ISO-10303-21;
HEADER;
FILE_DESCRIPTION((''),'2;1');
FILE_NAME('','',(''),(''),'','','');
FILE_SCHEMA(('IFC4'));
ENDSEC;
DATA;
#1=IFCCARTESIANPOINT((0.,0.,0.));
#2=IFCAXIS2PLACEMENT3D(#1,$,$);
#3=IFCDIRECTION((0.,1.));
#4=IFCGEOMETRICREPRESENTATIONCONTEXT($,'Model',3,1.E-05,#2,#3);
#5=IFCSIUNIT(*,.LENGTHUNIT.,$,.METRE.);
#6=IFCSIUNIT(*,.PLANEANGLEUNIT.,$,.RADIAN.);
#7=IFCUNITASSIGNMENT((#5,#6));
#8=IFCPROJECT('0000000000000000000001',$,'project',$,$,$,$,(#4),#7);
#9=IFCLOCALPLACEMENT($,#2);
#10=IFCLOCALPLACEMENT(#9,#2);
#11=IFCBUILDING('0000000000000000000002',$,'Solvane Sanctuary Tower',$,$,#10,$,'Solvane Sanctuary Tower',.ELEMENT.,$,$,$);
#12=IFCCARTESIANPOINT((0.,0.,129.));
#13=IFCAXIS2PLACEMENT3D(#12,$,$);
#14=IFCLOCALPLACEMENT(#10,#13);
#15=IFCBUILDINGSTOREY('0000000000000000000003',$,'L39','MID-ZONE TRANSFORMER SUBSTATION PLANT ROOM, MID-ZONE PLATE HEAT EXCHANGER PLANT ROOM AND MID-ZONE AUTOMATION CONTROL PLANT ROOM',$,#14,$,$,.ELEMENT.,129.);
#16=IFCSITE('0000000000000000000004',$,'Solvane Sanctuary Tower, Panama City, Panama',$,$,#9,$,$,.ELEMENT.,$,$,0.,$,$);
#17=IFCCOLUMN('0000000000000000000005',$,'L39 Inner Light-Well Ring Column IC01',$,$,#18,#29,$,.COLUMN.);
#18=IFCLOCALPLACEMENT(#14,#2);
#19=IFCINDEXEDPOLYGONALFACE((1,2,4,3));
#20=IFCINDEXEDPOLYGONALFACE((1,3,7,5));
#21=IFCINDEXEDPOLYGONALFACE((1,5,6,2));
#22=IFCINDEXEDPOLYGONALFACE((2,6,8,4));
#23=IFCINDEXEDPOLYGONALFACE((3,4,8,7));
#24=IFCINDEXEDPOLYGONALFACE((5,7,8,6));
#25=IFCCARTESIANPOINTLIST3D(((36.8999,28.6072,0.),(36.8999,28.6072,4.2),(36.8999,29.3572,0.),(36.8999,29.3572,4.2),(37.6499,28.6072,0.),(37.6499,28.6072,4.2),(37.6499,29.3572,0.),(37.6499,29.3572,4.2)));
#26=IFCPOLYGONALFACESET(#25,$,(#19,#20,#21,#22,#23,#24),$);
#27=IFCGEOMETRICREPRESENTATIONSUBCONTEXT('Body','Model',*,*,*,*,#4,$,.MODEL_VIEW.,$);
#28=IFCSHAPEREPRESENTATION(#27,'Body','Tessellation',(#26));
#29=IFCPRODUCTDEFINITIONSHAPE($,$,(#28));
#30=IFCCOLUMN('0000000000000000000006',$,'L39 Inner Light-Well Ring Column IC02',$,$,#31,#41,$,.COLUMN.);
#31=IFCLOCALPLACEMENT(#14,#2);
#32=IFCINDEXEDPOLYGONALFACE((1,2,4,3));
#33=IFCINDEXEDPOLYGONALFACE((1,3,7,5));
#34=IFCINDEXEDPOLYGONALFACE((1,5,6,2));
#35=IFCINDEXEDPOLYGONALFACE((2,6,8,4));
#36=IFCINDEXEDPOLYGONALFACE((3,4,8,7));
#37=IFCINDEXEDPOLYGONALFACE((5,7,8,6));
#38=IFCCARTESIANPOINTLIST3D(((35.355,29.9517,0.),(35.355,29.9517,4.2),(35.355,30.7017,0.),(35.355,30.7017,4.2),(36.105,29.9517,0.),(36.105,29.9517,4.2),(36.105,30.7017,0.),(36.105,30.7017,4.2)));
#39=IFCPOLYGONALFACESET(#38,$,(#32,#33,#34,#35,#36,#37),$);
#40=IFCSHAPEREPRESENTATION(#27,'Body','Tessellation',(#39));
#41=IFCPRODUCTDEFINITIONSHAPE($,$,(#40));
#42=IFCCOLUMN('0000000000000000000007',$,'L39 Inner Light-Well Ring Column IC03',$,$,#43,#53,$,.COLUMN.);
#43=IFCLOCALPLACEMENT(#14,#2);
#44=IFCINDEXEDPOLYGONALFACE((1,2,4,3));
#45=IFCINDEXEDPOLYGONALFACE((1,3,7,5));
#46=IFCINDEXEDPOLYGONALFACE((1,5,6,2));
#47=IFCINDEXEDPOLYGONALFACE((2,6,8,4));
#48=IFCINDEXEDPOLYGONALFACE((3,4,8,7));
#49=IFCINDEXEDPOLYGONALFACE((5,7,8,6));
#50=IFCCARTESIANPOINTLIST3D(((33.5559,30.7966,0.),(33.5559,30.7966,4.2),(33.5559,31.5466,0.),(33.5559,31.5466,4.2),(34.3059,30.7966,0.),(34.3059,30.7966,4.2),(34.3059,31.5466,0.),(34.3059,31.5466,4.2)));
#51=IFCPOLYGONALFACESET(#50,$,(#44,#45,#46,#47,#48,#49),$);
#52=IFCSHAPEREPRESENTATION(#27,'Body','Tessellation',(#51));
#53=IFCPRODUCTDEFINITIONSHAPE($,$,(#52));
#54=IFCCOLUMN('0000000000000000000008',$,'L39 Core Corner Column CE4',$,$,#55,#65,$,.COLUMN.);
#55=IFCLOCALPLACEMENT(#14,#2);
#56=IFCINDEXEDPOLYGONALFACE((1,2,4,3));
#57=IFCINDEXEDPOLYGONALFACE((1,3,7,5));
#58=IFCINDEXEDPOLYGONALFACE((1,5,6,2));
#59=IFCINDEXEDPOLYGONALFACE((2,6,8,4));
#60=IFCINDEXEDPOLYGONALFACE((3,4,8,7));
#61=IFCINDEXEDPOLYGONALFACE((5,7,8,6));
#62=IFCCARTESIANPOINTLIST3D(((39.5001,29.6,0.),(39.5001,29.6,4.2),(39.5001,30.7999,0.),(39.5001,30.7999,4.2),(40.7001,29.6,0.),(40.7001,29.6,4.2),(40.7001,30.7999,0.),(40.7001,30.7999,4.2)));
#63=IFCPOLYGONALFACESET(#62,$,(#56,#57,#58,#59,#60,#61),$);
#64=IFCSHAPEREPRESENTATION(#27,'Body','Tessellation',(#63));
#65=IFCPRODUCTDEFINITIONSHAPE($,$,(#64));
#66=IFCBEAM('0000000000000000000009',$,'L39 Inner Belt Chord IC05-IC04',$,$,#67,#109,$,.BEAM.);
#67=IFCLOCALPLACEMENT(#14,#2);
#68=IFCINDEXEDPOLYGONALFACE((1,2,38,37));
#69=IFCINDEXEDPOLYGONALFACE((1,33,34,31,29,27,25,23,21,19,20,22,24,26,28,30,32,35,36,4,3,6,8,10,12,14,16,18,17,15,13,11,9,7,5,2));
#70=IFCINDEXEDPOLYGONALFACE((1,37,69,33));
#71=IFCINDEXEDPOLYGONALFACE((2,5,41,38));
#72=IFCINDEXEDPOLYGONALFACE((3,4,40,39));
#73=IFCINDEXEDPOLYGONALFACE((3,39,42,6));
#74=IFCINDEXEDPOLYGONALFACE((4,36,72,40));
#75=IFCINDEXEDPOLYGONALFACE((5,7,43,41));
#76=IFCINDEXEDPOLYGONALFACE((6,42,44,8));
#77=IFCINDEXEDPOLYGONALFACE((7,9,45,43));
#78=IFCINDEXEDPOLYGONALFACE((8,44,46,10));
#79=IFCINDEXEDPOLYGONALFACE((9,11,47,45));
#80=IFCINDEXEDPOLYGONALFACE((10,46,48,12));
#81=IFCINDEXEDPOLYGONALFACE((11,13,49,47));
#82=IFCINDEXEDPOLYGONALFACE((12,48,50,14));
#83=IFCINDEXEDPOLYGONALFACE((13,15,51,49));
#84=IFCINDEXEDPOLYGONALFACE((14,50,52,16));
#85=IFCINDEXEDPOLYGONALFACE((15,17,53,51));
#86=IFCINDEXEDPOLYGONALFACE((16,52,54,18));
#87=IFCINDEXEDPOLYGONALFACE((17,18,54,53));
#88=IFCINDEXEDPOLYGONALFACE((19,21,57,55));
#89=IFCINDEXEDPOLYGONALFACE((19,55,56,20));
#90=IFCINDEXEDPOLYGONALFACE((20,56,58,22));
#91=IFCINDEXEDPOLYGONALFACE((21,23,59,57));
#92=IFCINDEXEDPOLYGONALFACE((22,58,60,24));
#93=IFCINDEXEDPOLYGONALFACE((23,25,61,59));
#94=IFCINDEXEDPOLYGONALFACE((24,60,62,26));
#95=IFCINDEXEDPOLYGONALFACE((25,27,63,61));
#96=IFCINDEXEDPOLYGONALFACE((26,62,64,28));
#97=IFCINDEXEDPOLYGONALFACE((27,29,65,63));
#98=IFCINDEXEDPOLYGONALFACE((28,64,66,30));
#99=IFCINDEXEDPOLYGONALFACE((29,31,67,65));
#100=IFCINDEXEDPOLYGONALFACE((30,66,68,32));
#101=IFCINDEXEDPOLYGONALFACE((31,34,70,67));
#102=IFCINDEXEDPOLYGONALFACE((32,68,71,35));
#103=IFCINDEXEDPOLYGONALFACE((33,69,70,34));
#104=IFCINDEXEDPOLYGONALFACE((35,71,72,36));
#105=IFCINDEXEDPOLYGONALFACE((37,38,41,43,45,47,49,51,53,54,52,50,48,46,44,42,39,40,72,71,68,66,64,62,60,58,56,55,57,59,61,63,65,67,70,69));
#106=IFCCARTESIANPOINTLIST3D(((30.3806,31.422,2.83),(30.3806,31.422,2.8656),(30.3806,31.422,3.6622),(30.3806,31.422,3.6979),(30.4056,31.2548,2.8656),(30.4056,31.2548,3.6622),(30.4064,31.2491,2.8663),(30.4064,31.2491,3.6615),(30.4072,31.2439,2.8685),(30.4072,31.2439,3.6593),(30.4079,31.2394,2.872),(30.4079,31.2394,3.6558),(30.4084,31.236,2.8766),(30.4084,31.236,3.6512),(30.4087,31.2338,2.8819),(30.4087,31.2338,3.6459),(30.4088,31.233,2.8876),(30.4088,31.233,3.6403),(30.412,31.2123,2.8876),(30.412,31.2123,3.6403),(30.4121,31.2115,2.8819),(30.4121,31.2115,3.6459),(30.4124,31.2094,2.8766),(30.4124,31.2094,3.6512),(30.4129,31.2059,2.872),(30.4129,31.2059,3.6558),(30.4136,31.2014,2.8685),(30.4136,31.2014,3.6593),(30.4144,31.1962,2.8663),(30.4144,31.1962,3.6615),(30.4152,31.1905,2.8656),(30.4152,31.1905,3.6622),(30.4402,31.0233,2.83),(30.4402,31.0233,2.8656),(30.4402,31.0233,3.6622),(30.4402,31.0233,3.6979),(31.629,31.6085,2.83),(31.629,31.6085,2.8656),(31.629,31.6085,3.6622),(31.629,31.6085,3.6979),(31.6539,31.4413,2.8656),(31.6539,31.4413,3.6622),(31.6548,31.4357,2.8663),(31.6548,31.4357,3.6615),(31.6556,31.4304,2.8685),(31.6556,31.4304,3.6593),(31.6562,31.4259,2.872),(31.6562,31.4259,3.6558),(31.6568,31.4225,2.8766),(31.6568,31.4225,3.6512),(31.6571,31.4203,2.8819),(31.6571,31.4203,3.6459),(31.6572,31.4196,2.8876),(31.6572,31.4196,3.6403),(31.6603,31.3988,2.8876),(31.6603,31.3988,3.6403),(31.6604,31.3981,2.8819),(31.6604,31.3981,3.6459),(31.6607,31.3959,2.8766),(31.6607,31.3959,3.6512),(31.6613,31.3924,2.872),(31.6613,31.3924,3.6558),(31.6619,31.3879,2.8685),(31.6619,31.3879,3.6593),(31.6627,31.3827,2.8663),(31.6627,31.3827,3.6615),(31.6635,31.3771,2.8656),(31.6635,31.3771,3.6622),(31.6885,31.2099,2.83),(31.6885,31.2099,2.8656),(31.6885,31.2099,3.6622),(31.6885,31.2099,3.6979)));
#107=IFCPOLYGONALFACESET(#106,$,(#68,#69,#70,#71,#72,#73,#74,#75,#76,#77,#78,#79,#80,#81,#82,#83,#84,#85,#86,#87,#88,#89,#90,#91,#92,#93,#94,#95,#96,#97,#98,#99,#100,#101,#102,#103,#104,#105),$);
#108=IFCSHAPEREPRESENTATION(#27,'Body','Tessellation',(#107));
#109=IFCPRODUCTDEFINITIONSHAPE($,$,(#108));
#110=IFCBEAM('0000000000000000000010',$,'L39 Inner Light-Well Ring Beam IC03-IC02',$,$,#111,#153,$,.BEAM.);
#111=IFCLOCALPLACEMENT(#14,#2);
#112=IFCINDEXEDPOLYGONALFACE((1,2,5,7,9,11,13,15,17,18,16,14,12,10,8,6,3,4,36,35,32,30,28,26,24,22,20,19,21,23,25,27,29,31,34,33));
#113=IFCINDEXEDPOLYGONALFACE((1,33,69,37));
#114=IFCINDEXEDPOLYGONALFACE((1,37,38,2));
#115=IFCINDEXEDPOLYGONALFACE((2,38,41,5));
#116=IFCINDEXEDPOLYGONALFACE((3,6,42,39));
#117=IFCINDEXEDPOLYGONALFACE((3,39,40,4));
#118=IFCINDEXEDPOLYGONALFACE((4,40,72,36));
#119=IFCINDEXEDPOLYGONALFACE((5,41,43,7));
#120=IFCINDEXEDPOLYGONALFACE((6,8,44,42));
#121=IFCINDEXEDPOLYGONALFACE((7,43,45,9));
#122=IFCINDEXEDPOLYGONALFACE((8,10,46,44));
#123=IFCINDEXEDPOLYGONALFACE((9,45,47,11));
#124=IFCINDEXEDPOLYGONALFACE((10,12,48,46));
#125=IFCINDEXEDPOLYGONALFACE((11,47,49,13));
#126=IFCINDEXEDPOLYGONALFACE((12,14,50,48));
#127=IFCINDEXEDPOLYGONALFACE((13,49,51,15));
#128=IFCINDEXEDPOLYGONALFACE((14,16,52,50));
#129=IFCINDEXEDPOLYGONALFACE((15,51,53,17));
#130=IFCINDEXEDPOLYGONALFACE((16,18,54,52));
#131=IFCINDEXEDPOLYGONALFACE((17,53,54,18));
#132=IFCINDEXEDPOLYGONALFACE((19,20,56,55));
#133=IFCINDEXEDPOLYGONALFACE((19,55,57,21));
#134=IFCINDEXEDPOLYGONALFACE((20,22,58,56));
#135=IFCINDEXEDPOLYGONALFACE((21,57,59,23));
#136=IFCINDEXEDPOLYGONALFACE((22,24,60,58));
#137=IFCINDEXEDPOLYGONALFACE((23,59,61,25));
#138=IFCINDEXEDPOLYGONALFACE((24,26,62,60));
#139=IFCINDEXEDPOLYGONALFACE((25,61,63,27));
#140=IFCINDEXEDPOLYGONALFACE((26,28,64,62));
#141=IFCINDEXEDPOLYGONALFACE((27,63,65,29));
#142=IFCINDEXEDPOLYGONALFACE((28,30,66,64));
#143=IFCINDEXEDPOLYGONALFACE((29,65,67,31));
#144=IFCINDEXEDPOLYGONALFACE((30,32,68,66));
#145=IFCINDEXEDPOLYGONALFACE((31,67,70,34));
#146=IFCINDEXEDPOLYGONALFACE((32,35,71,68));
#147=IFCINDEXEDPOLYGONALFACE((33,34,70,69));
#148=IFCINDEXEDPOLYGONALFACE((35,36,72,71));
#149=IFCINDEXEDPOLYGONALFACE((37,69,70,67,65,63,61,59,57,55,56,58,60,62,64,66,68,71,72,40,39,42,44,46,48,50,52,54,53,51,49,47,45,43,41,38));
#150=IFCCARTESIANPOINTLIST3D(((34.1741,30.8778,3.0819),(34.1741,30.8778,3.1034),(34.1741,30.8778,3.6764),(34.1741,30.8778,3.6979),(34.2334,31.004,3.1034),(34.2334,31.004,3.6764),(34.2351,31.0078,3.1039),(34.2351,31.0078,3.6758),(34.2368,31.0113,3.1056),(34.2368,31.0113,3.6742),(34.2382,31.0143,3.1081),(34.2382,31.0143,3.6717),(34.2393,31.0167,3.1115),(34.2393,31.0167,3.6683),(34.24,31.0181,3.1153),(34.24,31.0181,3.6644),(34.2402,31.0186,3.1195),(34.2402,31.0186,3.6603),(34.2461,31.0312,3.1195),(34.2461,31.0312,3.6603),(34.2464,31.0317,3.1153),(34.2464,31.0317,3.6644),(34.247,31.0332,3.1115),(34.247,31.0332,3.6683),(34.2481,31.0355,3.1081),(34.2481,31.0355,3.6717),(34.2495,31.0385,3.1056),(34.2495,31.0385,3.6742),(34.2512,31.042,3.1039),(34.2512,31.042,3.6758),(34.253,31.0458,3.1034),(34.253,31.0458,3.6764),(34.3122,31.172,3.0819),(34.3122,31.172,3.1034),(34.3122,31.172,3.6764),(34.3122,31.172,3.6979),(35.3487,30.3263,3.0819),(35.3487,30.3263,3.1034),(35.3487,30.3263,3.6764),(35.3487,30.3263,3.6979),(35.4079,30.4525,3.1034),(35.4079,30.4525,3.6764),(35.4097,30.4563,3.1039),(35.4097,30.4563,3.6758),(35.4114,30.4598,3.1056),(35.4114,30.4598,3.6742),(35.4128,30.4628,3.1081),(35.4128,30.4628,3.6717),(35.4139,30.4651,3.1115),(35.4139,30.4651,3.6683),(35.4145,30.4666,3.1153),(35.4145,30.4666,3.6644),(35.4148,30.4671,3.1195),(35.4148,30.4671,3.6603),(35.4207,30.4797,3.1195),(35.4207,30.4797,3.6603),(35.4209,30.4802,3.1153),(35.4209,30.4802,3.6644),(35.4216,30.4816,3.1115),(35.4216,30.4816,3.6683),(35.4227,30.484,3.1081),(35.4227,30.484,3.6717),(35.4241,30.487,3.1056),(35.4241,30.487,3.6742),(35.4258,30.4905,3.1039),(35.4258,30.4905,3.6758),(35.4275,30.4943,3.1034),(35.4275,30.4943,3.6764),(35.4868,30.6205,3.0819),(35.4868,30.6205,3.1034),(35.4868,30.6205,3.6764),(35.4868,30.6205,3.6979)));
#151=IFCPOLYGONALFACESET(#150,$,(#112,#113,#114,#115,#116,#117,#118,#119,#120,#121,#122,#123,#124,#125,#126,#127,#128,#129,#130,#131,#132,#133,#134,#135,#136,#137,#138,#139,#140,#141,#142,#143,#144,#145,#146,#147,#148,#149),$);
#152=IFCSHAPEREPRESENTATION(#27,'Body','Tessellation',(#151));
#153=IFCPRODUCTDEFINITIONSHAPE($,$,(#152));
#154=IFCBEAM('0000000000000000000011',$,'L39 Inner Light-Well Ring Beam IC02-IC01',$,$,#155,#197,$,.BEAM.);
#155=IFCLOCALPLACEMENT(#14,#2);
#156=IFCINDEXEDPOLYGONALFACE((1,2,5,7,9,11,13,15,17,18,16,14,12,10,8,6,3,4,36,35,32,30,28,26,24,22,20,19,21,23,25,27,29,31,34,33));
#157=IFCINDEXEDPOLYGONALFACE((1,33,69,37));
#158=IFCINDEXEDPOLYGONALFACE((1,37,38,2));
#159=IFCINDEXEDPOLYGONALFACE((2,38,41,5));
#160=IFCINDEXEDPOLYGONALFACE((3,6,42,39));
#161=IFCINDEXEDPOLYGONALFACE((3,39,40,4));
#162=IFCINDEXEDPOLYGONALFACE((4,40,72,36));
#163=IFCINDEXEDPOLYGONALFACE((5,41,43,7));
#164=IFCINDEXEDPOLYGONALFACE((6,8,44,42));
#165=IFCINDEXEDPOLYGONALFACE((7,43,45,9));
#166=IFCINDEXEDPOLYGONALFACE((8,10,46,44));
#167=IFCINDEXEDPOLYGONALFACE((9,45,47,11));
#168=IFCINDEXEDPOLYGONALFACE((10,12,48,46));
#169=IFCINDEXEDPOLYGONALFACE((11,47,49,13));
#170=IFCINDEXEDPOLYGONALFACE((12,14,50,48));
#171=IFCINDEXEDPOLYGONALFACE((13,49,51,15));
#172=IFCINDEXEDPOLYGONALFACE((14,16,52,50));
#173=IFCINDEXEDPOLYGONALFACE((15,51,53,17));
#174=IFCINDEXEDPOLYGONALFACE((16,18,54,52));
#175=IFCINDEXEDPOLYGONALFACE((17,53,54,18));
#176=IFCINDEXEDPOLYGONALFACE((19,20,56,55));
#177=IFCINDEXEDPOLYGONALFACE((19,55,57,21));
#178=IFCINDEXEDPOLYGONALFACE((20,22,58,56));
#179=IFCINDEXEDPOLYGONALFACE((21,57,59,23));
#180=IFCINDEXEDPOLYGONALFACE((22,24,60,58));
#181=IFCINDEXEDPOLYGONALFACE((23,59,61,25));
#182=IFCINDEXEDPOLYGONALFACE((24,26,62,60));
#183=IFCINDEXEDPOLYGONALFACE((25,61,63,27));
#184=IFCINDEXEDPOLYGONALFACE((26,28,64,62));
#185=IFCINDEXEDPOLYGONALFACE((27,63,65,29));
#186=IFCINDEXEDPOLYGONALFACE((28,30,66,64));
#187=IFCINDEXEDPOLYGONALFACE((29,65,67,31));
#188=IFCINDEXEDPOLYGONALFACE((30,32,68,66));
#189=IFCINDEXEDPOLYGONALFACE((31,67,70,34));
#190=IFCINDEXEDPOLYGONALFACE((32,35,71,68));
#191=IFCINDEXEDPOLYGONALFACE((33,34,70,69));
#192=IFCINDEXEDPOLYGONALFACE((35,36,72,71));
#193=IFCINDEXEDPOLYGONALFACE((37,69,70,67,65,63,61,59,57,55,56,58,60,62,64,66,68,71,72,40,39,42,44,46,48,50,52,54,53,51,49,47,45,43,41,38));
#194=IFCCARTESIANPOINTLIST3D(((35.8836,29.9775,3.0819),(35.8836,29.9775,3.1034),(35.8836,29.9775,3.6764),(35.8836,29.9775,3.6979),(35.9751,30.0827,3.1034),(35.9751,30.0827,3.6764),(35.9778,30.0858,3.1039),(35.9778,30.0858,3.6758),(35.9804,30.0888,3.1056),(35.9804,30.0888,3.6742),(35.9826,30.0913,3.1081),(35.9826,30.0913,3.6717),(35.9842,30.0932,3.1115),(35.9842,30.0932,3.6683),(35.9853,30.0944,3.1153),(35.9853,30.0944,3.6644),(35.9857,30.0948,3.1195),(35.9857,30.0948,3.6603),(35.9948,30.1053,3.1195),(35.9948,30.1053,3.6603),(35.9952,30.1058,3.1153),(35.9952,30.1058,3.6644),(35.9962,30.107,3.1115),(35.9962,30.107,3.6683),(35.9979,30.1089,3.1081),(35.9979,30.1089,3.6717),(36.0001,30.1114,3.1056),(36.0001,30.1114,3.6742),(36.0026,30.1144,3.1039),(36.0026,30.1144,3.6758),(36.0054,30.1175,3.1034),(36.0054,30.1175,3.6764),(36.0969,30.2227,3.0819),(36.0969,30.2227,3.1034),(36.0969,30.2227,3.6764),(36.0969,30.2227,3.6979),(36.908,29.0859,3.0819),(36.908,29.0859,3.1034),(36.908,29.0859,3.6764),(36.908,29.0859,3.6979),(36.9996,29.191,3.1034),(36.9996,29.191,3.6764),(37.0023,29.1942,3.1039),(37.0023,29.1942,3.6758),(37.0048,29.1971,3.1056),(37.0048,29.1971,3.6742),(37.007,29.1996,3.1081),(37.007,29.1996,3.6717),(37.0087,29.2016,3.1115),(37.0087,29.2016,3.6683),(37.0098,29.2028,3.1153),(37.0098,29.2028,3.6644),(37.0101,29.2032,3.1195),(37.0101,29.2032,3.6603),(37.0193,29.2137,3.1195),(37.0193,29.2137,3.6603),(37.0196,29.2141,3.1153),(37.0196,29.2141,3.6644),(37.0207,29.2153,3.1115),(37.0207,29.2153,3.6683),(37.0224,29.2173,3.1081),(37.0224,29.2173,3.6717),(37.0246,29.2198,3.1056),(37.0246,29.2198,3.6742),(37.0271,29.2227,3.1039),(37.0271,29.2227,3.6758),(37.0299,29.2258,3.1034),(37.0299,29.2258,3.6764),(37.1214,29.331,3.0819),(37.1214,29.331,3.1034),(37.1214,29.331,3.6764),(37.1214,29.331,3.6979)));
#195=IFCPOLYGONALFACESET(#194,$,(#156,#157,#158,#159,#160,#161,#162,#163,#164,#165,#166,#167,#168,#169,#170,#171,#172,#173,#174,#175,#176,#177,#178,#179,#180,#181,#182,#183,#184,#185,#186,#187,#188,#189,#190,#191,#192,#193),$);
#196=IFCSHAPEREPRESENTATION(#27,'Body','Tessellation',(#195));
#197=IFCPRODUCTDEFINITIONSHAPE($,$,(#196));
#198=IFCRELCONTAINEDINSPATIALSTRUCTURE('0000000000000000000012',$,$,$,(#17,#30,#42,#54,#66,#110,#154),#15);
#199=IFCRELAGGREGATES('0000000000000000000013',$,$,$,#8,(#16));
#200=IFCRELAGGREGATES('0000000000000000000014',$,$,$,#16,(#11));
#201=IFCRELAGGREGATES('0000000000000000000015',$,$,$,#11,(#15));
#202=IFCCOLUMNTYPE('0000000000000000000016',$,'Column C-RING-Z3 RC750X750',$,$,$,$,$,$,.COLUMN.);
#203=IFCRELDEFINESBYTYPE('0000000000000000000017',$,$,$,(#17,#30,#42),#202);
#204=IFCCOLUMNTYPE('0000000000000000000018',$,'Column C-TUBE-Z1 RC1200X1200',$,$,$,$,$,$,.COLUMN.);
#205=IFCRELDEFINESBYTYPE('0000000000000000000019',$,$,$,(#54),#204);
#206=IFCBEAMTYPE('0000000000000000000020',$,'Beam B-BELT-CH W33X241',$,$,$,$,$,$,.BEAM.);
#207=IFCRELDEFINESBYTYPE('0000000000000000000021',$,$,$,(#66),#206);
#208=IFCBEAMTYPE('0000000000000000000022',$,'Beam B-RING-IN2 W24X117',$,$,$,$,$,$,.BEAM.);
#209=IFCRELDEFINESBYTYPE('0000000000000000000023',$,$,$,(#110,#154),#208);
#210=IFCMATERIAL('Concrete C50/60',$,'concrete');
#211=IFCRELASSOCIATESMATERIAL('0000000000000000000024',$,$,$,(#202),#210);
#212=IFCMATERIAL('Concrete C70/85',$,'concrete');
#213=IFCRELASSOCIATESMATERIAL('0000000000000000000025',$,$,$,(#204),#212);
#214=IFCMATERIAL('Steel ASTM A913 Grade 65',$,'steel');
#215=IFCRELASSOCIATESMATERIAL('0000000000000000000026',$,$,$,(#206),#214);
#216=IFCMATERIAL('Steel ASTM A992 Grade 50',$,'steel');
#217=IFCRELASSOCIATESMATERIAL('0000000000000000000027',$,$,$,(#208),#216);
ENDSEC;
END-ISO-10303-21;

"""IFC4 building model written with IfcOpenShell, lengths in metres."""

from ifc_helpers import new_model, si_unit, direction, frame, origin, origin_2d, place, context, subcontext, project, spatial, rectangle, i_section, extrude, material, material_profile, profile_set, type_object, element, save


model = new_model("IFC4")

# Units and contexts
model_context = context("Model", 3, precision=1e-05, world=origin(), true_north=direction((0.0, 1.0)))
body_context = subcontext(model_context, "Body", "Model", "MODEL_VIEW")
ifc_project = project(units=[si_unit("LENGTHUNIT", "METRE"), si_unit("PLANEANGLEUNIT", "RADIAN")], contexts=[model_context])

# Site, building, storey
site_placement = place(None, origin())
site = spatial("IfcSite", under=ifc_project, at=site_placement, Name="Solvane Sanctuary Tower, Panama City, Panama", CompositionType="ELEMENT", RefElevation=0.0)
building_placement = place(site_placement, origin())
building = spatial("IfcBuilding", under=site, at=building_placement, Name="Solvane Sanctuary Tower", LongName="Solvane Sanctuary Tower", CompositionType="ELEMENT")
storey_placement = place(building_placement, frame((0.0, 0.0, 129.0)))
storey = spatial("IfcBuildingStorey", under=building, at=storey_placement, Name="L39", Description="MID-ZONE TRANSFORMER SUBSTATION PLANT ROOM, MID-ZONE PLATE HEAT EXCHANGER PLANT ROOM AND MID-ZONE AUTOMATION CONTROL PLANT ROOM", CompositionType="ELEMENT", Elevation=129.0)

# Columns
ifc_material_1 = material(Name="Concrete C50/60", Category="concrete")
ifc_material_profile_1 = material_profile(ifc_material_1, rectangle(XDim=0.75, YDim=0.75, at=origin_2d()), Name="RC750X750")
ifc_profile_set_1 = profile_set([ifc_material_profile_1], Name="Concrete C50/60")
column_type_1 = type_object("IfcColumnType", Name="Column C-RING-Z3 RC750X750", PredefinedType="COLUMN", material=ifc_profile_set_1)
for number, where, z_axis, x_axis, name in (
    (1, (37.2749, 28.9822, 0.0), (0.0, 0.0, 1.0), (1.0, 0.0, 0.0), "L39 Inner Light-Well Ring Column IC01"),
    (2, (35.73, 30.3267, 0.0), (0.0, 0.0, 1.0), (1.0, 0.0, 0.0), "L39 Inner Light-Well Ring Column IC02"),
    (3, (33.9309, 31.1716, 0.0), (0.0, 0.0, 1.0), (1.0, 0.0, 0.0), "L39 Inner Light-Well Ring Column IC03"),
):
    element("IfcColumn", number, at=place(storey_placement, frame(where, z_axis=z_axis, x_axis=x_axis)), inside=storey, type_object=column_type_1, Name=name, PredefinedType="COLUMN", context=body_context, shape_type="SweptSolid", body=[
        extrude(rectangle(XDim=0.75, YDim=0.75, at=origin_2d()), origin(), (0.0, 0.0, 1.0), 4.2),
    ])
ifc_material_2 = material(Name="Concrete C70/85", Category="concrete")
ifc_material_profile_2 = material_profile(ifc_material_2, rectangle(XDim=1.2, YDim=1.2, at=origin_2d()), Name="RC1200X1200")
ifc_profile_set_2 = profile_set([ifc_material_profile_2], Name="Concrete C70/85")
column_type_2 = type_object("IfcColumnType", Name="Column C-TUBE-Z1 RC1200X1200", PredefinedType="COLUMN", material=ifc_profile_set_2)
column_placement = place(storey_placement, frame((40.1001, 30.2, 0.0), z_axis=(0.0, 0.0, 1.0), x_axis=(1.0, 0.0, 0.0)))
element("IfcColumn", 4, at=column_placement, inside=storey, type_object=column_type_2, Name="L39 Core Corner Column CE4", PredefinedType="COLUMN", context=body_context, shape_type="SweptSolid", body=[
    extrude(rectangle(XDim=1.2, YDim=1.2, at=origin_2d()), origin(), (0.0, 0.0, 1.0), 4.2),
])

# Beams
ifc_material_3 = material(Name="Steel ASTM A913 Grade 65", Category="steel")
ifc_material_profile_3 = material_profile(ifc_material_3, i_section(OverallWidth=0.4031, OverallDepth=0.8679, WebThickness=0.021, FlangeThickness=0.0356, FilletRadius=0.022, at=origin_2d()), Name="W33X241")
ifc_profile_set_3 = profile_set([ifc_material_profile_3], Name="Steel ASTM A913 Grade 65")
beam_type_1 = type_object("IfcBeamType", Name="Beam B-BELT-CH W33X241", PredefinedType="BEAM", material=ifc_profile_set_3)
beam_1_placement = place(storey_placement, frame((30.4104, 31.2227, 3.2639), z_axis=(0.98902, 0.147782, 0.0), x_axis=(-0.147782, 0.98902, 0.0)))
element("IfcBeam", 5, at=beam_1_placement, inside=storey, type_object=beam_type_1, Name="L39 Inner Belt Chord IC05-IC04", PredefinedType="BEAM", context=body_context, shape_type="SweptSolid", body=[
    extrude(i_section(OverallWidth=0.4031, OverallDepth=0.8679, WebThickness=0.021, FlangeThickness=0.0356, FilletRadius=0.022, at=origin_2d()), origin(), (0.0, 0.0, 1.0), 1.2622),
])
ifc_material_4 = material(Name="Steel ASTM A992 Grade 50", Category="steel")
ifc_material_profile_4 = material_profile(ifc_material_4, i_section(OverallWidth=0.325, OverallDepth=0.616, WebThickness=0.0139, FlangeThickness=0.0215, FilletRadius=0.0161, at=origin_2d()), Name="W24X117")
ifc_profile_set_4 = profile_set([ifc_material_profile_4], Name="Steel ASTM A992 Grade 50")
beam_type_2 = type_object("IfcBeamType", Name="Beam B-RING-IN2 W24X117", PredefinedType="BEAM", material=ifc_profile_set_4)
beam_2_placement = place(storey_placement, frame((34.2432, 31.0249, 3.3899), z_axis=(0.905181, -0.425027, 0.0), x_axis=(0.425027, 0.905181, 0.0)))
element("IfcBeam", 6, at=beam_2_placement, inside=storey, type_object=beam_type_2, Name="L39 Inner Light-Well Ring Beam IC03-IC02", PredefinedType="BEAM", context=body_context, shape_type="SweptSolid", body=[
    extrude(i_section(OverallWidth=0.325, OverallDepth=0.616, WebThickness=0.0139, FlangeThickness=0.0215, FilletRadius=0.0161, at=origin_2d()), origin(), (0.0, 0.0, 1.0), 1.2976),
])
beam_3_placement = place(storey_placement, frame((35.9902, 30.1001, 3.3899), z_axis=(0.754311, -0.656517, 0.0), x_axis=(0.656517, 0.754311, 0.0)))
element("IfcBeam", 7, at=beam_3_placement, inside=storey, type_object=beam_type_2, Name="L39 Inner Light-Well Ring Beam IC02-IC01", PredefinedType="BEAM", context=body_context, shape_type="SweptSolid", body=[
    extrude(i_section(OverallWidth=0.325, OverallDepth=0.616, WebThickness=0.0139, FlangeThickness=0.0215, FilletRadius=0.0161, at=origin_2d()), origin(), (0.0, 0.0, 1.0), 1.3582),
])

save(model, "model.ifc")
